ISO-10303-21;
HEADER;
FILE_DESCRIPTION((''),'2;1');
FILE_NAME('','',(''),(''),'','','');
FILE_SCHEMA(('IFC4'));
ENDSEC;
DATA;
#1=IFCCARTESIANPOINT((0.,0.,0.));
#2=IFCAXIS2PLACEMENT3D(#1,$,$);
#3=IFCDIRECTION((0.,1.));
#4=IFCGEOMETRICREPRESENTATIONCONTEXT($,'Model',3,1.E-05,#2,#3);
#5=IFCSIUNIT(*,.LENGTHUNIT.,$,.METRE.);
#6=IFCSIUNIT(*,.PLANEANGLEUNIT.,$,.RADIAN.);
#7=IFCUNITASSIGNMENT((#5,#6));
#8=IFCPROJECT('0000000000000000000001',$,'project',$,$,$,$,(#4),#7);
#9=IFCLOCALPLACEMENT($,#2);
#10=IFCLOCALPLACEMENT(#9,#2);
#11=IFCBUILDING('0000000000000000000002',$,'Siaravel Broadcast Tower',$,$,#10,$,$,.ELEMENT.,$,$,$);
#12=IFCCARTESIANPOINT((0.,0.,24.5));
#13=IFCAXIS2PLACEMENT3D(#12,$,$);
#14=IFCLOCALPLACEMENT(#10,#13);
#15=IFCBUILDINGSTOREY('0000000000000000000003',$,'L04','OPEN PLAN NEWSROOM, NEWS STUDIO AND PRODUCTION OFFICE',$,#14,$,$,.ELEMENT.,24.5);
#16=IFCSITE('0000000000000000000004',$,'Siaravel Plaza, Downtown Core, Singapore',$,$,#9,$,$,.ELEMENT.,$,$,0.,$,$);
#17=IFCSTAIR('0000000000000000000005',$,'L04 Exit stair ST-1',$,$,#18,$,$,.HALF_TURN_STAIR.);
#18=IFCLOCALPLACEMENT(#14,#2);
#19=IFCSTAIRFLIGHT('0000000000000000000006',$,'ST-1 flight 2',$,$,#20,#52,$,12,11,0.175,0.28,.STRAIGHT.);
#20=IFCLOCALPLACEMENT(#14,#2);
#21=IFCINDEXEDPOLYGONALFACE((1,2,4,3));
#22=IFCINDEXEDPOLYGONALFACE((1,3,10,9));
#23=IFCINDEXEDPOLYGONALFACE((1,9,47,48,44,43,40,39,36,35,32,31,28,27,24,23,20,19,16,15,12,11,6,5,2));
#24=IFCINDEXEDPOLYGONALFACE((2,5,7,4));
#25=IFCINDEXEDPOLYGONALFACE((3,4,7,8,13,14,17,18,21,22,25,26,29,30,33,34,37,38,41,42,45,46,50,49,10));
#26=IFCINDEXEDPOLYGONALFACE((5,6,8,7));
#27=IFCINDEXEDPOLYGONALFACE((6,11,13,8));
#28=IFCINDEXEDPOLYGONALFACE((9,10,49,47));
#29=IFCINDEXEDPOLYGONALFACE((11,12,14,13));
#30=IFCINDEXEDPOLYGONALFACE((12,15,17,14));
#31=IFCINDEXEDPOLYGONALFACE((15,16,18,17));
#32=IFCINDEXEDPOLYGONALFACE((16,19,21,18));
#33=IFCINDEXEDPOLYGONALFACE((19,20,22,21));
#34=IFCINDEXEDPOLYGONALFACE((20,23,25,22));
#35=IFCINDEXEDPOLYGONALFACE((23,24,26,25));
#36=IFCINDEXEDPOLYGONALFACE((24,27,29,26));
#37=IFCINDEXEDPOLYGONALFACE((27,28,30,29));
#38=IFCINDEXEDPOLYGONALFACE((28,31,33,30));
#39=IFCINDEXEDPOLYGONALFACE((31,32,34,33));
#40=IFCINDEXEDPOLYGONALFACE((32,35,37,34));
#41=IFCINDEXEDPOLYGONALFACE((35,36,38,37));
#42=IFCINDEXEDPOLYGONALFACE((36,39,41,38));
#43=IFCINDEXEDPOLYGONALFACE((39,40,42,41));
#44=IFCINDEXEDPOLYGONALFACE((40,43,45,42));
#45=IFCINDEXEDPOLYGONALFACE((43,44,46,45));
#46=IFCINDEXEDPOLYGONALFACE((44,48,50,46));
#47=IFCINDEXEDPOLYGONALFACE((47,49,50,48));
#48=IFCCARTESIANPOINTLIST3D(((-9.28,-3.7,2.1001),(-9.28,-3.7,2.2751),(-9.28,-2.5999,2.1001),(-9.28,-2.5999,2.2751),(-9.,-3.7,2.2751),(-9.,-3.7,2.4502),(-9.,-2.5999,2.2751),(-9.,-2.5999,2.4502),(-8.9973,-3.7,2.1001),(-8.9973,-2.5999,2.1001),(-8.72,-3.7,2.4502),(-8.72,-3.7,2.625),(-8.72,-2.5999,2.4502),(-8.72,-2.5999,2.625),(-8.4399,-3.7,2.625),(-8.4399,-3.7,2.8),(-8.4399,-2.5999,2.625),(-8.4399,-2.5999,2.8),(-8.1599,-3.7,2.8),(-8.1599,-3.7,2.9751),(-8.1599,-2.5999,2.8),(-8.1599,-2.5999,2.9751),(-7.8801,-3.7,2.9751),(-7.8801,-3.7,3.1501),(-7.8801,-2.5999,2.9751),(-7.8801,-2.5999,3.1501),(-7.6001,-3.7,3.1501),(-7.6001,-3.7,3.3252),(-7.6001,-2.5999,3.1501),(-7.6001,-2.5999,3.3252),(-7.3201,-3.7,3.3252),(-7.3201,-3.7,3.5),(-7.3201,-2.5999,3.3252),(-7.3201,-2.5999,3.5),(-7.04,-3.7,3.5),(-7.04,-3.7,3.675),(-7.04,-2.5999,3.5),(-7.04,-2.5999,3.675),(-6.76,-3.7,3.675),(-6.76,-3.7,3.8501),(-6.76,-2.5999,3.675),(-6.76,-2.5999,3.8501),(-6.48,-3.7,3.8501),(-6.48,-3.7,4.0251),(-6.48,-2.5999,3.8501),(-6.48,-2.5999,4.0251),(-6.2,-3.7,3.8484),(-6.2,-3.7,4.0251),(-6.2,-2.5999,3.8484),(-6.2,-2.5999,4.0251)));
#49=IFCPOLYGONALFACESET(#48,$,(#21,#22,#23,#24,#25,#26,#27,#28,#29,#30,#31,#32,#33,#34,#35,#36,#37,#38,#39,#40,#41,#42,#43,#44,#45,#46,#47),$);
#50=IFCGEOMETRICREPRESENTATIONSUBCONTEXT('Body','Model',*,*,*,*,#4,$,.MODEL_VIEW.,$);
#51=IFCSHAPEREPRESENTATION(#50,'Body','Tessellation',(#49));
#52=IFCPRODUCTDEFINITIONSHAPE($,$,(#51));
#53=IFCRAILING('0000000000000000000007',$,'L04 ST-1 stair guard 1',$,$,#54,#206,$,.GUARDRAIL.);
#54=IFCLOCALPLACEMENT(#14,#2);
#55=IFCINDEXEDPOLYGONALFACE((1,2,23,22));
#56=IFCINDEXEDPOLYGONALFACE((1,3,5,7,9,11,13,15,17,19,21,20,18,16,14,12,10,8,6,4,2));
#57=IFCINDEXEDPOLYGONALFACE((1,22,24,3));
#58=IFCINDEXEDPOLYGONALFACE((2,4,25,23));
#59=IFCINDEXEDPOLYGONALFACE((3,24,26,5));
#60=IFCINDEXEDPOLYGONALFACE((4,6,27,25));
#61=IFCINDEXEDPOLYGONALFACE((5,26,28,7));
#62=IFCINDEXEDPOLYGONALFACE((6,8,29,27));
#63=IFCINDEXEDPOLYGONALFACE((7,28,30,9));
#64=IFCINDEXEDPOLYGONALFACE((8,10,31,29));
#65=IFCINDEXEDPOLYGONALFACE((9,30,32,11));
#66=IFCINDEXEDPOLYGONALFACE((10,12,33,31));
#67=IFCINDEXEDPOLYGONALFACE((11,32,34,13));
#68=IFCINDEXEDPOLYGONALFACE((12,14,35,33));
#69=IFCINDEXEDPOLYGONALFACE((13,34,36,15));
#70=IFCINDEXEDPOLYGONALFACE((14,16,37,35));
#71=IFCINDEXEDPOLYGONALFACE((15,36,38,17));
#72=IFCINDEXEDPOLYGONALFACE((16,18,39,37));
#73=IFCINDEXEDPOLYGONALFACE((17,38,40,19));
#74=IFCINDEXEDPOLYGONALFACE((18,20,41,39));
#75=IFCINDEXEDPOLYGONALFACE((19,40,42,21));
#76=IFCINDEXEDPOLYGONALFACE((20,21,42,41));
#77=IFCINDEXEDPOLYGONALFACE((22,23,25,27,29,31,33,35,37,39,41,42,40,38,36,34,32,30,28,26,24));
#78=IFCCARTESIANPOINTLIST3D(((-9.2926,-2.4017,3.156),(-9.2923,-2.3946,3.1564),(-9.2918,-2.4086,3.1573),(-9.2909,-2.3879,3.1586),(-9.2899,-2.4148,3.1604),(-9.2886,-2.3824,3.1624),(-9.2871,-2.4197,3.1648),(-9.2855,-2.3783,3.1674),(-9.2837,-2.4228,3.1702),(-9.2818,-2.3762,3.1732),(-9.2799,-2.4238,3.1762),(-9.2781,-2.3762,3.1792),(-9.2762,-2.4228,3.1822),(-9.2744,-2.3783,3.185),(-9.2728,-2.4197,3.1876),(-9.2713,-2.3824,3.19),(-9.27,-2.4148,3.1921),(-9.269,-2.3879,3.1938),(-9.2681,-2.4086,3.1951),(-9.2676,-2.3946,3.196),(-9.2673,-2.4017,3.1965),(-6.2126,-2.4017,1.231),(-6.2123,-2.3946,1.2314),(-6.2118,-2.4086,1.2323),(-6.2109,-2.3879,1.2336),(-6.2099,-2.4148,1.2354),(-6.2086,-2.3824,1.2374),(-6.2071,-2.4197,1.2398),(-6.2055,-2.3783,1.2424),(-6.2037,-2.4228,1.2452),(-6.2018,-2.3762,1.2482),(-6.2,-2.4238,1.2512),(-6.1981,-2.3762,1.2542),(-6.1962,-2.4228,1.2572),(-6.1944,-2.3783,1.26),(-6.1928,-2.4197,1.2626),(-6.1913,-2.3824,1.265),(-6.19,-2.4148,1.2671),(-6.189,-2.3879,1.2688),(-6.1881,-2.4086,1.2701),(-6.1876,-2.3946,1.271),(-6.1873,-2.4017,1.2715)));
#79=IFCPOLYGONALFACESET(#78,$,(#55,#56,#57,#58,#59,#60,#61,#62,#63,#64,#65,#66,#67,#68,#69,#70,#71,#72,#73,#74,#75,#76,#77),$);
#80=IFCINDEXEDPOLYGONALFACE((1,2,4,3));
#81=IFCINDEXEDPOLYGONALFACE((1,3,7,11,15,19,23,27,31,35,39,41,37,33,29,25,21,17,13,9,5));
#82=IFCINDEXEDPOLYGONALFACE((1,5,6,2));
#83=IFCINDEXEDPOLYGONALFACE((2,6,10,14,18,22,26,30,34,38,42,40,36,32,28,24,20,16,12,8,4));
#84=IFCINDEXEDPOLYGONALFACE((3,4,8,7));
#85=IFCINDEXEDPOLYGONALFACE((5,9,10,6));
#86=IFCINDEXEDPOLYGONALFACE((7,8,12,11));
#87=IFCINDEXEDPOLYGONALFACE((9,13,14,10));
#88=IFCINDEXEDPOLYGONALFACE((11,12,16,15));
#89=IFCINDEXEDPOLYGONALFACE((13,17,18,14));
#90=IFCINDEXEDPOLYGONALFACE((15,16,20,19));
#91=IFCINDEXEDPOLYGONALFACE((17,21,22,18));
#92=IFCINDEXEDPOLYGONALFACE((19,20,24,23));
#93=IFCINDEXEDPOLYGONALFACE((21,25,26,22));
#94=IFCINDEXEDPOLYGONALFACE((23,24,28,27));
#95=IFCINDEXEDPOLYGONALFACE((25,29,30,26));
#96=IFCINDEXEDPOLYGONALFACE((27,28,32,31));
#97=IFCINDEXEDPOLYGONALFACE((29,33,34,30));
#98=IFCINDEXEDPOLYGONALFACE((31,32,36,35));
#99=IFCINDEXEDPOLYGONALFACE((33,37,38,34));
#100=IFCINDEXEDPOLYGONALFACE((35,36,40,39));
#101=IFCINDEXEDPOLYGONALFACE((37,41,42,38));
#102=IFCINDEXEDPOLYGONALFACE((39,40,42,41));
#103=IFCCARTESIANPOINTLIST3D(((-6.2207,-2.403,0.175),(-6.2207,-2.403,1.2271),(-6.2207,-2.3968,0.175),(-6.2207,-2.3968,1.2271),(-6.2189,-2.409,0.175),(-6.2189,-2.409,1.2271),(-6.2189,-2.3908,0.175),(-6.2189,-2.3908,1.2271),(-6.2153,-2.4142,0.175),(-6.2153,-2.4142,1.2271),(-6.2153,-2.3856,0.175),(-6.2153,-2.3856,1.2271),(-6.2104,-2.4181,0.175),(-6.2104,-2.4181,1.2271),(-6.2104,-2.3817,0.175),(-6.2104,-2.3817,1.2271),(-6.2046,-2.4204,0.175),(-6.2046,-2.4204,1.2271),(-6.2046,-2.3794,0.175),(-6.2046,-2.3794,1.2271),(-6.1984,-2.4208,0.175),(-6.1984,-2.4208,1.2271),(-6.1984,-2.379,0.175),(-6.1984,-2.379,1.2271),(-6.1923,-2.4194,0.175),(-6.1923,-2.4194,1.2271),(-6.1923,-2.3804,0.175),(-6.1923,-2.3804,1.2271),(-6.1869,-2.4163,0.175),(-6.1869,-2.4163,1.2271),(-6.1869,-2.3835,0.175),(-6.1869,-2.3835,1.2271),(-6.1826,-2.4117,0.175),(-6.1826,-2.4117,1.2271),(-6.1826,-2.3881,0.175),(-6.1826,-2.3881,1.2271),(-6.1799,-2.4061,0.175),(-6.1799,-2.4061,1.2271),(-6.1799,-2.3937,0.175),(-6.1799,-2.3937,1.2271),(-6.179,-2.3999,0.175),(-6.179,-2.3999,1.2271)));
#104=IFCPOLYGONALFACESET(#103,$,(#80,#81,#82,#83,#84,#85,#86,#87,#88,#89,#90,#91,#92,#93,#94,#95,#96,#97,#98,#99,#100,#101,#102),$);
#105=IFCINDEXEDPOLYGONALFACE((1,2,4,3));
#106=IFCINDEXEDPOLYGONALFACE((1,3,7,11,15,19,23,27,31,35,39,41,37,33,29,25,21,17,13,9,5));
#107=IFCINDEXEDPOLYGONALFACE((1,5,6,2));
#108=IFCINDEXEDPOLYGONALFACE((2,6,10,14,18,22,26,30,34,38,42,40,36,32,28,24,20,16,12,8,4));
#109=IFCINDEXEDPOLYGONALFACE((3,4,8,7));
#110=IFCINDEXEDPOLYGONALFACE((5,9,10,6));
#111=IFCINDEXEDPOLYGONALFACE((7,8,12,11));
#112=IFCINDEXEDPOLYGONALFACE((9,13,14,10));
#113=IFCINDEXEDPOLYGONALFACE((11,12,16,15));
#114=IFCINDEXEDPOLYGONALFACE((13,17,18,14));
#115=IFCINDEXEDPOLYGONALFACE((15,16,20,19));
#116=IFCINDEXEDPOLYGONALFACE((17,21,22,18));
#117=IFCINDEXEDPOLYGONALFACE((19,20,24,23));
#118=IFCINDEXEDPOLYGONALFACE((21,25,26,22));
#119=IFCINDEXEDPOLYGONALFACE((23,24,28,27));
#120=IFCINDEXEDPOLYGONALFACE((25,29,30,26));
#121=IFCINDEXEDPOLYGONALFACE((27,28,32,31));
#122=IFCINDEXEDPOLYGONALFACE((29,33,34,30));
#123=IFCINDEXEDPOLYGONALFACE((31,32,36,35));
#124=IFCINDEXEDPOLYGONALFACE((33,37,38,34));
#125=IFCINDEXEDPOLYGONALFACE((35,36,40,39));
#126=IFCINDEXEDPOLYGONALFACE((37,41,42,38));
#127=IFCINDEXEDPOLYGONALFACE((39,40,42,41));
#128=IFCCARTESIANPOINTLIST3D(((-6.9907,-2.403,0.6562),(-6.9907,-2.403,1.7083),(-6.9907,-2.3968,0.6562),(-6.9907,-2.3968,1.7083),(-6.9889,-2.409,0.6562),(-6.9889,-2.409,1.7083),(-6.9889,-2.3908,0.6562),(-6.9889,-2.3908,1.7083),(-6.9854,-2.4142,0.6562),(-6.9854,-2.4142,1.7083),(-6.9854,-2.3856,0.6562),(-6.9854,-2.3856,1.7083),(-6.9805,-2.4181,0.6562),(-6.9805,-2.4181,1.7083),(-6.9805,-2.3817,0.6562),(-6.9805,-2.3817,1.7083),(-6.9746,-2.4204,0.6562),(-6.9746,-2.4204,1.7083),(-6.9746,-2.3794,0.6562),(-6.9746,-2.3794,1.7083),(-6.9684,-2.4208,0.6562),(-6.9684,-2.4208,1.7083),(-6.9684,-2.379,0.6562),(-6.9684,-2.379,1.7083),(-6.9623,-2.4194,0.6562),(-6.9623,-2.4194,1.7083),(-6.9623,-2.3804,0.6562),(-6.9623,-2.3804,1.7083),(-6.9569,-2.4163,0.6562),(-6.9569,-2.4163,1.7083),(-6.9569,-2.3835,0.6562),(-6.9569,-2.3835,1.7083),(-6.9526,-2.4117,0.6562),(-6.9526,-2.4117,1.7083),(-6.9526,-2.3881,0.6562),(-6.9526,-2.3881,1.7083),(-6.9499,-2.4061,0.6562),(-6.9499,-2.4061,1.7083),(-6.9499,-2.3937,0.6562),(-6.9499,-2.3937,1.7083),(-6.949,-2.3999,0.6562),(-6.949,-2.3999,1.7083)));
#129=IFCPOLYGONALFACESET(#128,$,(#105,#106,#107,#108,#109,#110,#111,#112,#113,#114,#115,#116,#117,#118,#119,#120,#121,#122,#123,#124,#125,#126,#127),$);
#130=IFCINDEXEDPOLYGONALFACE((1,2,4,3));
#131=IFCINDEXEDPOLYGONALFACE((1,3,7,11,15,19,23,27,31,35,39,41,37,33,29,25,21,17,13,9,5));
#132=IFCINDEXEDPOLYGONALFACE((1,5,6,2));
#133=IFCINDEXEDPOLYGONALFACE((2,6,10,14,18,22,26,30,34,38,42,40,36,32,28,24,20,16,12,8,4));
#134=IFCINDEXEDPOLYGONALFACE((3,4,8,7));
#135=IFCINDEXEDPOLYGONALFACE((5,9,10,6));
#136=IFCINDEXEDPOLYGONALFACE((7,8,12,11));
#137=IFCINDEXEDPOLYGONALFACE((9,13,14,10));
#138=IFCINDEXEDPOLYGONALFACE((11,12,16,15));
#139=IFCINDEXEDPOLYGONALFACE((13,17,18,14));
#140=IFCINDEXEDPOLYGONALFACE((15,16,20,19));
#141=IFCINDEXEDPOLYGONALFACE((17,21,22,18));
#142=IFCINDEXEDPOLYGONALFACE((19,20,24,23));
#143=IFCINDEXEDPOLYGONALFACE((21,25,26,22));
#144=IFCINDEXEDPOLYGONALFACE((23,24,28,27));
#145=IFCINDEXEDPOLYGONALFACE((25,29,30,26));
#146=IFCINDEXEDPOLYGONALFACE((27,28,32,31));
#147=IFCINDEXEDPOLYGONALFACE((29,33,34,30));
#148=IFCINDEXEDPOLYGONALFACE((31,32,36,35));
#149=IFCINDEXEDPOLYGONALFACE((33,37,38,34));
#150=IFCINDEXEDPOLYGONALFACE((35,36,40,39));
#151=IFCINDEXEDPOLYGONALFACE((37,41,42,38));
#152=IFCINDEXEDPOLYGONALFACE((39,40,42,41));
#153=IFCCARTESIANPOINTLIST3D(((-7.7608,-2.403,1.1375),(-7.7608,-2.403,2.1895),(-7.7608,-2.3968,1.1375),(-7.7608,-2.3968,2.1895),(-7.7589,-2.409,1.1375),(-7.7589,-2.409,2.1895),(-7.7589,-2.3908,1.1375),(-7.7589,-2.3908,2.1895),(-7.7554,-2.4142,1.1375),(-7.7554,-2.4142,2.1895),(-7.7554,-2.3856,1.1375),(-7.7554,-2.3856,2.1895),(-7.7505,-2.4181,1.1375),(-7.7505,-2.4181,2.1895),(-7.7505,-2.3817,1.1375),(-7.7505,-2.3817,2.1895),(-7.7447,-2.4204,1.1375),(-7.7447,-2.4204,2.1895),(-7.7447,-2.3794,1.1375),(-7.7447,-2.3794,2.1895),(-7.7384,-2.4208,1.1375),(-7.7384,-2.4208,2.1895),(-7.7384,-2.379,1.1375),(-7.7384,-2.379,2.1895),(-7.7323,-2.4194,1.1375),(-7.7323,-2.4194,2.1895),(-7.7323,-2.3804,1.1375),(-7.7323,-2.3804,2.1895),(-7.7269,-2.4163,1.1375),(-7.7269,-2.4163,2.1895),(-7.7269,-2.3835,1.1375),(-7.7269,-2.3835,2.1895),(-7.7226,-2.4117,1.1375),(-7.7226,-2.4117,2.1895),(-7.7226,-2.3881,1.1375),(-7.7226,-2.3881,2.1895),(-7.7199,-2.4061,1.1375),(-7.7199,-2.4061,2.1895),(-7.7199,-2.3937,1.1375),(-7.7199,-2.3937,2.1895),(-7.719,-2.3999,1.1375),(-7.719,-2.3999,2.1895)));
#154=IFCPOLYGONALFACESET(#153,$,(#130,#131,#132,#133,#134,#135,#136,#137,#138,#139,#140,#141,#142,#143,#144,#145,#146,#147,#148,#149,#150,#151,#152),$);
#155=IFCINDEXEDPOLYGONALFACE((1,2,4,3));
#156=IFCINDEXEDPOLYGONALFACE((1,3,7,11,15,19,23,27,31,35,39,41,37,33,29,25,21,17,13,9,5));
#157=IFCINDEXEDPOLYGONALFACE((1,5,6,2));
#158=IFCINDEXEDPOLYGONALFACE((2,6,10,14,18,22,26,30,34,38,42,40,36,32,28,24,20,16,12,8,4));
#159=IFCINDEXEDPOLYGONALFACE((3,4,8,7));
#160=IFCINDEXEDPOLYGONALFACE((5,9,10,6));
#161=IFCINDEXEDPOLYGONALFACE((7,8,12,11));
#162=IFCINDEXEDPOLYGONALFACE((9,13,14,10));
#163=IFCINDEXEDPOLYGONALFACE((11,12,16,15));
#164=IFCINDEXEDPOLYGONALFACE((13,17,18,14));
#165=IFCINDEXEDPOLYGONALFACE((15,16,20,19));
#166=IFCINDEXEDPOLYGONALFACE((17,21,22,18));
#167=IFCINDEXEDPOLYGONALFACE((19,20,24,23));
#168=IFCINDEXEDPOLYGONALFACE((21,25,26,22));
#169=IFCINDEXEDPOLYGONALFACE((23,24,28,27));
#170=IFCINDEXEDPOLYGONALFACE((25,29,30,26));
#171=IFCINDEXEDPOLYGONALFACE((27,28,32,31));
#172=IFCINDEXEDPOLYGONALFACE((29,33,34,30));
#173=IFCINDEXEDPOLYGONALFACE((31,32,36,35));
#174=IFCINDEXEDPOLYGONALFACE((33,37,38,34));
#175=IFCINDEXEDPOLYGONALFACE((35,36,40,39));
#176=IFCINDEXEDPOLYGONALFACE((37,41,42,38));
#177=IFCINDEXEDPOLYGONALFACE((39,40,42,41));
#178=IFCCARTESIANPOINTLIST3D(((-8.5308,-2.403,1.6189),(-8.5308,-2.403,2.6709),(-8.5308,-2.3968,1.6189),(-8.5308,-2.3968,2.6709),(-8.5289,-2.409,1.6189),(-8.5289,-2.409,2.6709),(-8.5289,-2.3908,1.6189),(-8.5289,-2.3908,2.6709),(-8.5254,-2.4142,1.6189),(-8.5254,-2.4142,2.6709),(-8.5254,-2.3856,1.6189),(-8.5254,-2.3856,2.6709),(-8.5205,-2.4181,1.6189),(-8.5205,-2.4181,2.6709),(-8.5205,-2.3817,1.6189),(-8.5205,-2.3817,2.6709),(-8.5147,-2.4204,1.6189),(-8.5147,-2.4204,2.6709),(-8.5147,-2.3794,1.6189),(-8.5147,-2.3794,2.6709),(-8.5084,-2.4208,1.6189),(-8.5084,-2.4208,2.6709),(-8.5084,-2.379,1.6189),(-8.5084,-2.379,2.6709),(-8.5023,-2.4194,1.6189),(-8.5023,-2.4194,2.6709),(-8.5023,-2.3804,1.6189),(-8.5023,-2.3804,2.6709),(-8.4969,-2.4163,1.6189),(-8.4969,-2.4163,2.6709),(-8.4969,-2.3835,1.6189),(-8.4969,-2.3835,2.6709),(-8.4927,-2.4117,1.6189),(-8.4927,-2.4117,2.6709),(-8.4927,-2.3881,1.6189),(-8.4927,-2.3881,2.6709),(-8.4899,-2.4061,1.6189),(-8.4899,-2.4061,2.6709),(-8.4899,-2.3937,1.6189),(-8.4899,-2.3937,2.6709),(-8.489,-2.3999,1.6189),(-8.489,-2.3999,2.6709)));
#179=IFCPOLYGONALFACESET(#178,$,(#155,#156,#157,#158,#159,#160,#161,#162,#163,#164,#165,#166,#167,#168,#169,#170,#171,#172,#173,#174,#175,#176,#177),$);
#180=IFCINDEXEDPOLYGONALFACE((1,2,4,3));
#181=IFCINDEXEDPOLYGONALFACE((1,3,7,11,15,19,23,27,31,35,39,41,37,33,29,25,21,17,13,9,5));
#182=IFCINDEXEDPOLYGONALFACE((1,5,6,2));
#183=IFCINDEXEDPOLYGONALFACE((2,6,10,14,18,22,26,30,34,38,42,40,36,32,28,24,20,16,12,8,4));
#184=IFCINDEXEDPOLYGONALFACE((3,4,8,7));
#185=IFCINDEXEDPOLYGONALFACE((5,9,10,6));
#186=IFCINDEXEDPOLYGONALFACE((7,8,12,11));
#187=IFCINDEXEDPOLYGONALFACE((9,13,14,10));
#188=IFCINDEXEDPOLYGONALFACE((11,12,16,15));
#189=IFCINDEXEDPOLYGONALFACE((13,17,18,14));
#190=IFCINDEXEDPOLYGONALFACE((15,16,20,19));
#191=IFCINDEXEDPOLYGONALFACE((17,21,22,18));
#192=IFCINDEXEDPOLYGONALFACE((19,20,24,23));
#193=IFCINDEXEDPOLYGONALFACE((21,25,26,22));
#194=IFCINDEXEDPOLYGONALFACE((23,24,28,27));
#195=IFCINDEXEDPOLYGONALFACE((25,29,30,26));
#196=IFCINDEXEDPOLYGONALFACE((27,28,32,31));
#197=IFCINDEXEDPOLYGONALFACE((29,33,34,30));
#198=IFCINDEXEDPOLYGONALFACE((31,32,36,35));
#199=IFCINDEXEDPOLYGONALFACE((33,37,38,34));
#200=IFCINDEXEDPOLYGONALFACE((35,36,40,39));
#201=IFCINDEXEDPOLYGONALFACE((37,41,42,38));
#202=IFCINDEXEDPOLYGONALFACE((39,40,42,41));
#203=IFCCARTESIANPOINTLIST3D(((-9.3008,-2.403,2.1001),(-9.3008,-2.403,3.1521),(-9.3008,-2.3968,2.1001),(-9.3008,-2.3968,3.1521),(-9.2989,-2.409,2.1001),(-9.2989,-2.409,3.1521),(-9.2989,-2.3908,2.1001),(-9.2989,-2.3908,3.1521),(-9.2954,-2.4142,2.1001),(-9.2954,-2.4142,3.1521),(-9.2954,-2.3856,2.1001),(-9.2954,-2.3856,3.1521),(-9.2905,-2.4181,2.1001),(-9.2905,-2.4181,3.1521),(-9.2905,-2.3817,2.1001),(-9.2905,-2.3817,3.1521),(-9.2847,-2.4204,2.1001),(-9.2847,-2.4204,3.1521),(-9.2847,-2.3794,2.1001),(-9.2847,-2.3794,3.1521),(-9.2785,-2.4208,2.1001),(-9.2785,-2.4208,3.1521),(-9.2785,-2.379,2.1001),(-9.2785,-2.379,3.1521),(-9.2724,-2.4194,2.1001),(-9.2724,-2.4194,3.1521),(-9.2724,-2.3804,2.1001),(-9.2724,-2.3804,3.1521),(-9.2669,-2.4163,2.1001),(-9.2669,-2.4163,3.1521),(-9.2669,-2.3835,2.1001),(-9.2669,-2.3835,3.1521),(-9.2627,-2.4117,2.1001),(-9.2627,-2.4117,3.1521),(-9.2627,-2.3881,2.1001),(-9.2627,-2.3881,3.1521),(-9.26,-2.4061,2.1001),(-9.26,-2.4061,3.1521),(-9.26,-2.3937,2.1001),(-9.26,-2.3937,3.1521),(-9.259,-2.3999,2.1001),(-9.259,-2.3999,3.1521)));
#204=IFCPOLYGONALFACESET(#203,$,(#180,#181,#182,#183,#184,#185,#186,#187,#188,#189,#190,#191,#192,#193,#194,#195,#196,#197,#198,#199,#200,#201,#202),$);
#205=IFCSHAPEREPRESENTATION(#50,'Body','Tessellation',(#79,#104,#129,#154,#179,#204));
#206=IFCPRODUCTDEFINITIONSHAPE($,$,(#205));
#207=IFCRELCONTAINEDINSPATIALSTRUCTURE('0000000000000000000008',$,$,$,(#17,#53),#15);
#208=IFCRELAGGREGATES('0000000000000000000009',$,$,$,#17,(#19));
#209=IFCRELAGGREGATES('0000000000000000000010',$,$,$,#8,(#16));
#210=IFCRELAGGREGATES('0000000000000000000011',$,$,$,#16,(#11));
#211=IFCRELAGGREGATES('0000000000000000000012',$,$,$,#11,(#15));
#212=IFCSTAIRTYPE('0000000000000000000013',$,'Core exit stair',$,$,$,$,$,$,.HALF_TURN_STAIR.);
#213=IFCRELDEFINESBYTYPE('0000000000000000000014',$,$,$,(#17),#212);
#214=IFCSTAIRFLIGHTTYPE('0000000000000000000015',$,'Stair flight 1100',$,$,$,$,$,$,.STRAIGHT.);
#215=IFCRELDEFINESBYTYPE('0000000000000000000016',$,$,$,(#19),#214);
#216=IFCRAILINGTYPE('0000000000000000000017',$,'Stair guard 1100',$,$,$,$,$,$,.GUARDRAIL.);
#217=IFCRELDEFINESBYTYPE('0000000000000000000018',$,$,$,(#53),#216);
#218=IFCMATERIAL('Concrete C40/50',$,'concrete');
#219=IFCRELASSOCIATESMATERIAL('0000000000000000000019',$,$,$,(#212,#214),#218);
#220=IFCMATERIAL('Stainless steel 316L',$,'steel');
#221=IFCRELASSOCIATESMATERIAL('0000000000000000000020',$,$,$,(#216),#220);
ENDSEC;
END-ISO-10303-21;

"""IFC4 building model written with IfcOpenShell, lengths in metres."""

from ifc_helpers import new_model, si_unit, direction, frame, origin, origin_2d, place, context, subcontext, project, spatial, polyline, circle, outline, extrude, material, type_object, element, aggregate, save


model = new_model("IFC4")

# Units and contexts
model_context = context("Model", 3, precision=1e-05, world=origin(), true_north=direction((0.0, 1.0)))
body_context = subcontext(model_context, "Body", "Model", "MODEL_VIEW")
ifc_project = project(units=[si_unit("LENGTHUNIT", "METRE"), si_unit("PLANEANGLEUNIT", "RADIAN")], contexts=[model_context])

# Site, building, storey
site_placement = place(None, origin())
site = spatial("IfcSite", under=ifc_project, at=site_placement, Name="Siaravel Plaza, Downtown Core, Singapore", CompositionType="ELEMENT", RefElevation=0.0)
building_placement = place(site_placement, origin())
building = spatial("IfcBuilding", under=site, at=building_placement, Name="Siaravel Broadcast Tower", CompositionType="ELEMENT")
storey_placement = place(building_placement, frame((0.0, 0.0, 24.5)))
storey = spatial("IfcBuildingStorey", under=building, at=storey_placement, Name="L04", Description="OPEN PLAN NEWSROOM, NEWS STUDIO AND PRODUCTION OFFICE", CompositionType="ELEMENT", Elevation=24.5)

# Stair, stair flight
ifc_material_1 = material(Name="Concrete C40/50", Category="concrete")
stair_type = type_object("IfcStairType", Name="Core exit stair", PredefinedType="HALF_TURN_STAIR", material=ifc_material_1)
stair_placement = place(storey_placement, origin())
stair = element("IfcStair", 1, at=stair_placement, inside=storey, type_object=stair_type, Name="L04 Exit stair ST-1", PredefinedType="HALF_TURN_STAIR")
stair_flight_type = type_object("IfcStairFlightType", Name="Stair flight 1100", PredefinedType="STRAIGHT", material=ifc_material_1)
stair_flight_1_placement = place(storey_placement, frame((-9.28, -3.1499, 2.1001), z_axis=(0.0, 0.0, 1.0), x_axis=(1.0, 0.0, 0.0)))
stair_flight_1 = element("IfcStairFlight", 2, at=stair_flight_1_placement, type_object=stair_flight_type, Name="ST-1 flight 2", NumberOfRisers=12, NumberOfTreads=11, PredefinedType="STRAIGHT", RiserHeight=0.175, TreadLength=0.28, context=body_context, shape_type="SweptSolid", body=[
    extrude(outline(polyline([(0.0, 0.0), (0.0, 0.175), (0.28, 0.175), (0.28, 0.3501), (0.5601, 0.3501), (0.5601, 0.5249), (0.8401, 0.5249), (0.8401, 0.7), (1.1201, 0.7), (1.1201, 0.875), (1.3999, 0.875), (1.3999, 1.05), (1.6799, 1.05), (1.6799, 1.2251), (1.96, 1.2251), (1.96, 1.3999), (2.24, 1.3999), (2.24, 1.575), (2.52, 1.575), (2.52, 1.75), (2.8, 1.75), (2.8, 1.925), (3.0801, 1.925), (3.0801, 2.1001), (3.0801, 1.7483), (0.2827, 0.0), (0.0, 0.0)])), frame((0.0, 0.55, 0.0), z_axis=(0.0, -1.0, 0.0), x_axis=(1.0, 0.0, 0.0)), (0.0, 0.0, 1.0), 1.1001),
])
aggregate(stair, [stair_flight_1])

# Railing
ifc_material_2 = material(Name="Stainless steel 316L", Category="steel")
railing_type_1 = type_object("IfcRailingType", Name="Stair guard 1100", PredefinedType="GUARDRAIL", material=ifc_material_2)
railing_1_placement = place(storey_placement, frame((-6.2, -2.3999, 0.175)))
element("IfcRailing", 3, at=railing_1_placement, inside=storey, type_object=railing_type_1, Name="L04 ST-1 stair guard 1", PredefinedType="GUARDRAIL", context=body_context, shape_type="SweptSolid", body=[
    extrude(circle(Radius=0.0239, at=origin_2d()), frame((0.0, 0.0, 1.0762), z_axis=(-0.847998, 0.0, 0.529999), x_axis=(0.0, -1.0, 0.0)), (0.0, 0.0, 1.0), 3.6321),
    extrude(circle(Radius=0.021, at=origin_2d()), origin(), (0.0, 0.0, 1.0), 1.052),
    extrude(circle(Radius=0.021, at=origin_2d()), frame((-0.77, 0.0, 0.4812)), (0.0, 0.0, 1.0), 1.052),
    extrude(circle(Radius=0.021, at=origin_2d()), frame((-1.54, 0.0, 0.9624)), (0.0, 0.0, 1.0), 1.052),
    extrude(circle(Radius=0.021, at=origin_2d()), frame((-2.3101, 0.0, 1.4438)), (0.0, 0.0, 1.0), 1.052),
    extrude(circle(Radius=0.021, at=origin_2d()), frame((-3.0801, 0.0, 1.925)), (0.0, 0.0, 1.0), 1.052),
])

save(model, "model.ifc")
